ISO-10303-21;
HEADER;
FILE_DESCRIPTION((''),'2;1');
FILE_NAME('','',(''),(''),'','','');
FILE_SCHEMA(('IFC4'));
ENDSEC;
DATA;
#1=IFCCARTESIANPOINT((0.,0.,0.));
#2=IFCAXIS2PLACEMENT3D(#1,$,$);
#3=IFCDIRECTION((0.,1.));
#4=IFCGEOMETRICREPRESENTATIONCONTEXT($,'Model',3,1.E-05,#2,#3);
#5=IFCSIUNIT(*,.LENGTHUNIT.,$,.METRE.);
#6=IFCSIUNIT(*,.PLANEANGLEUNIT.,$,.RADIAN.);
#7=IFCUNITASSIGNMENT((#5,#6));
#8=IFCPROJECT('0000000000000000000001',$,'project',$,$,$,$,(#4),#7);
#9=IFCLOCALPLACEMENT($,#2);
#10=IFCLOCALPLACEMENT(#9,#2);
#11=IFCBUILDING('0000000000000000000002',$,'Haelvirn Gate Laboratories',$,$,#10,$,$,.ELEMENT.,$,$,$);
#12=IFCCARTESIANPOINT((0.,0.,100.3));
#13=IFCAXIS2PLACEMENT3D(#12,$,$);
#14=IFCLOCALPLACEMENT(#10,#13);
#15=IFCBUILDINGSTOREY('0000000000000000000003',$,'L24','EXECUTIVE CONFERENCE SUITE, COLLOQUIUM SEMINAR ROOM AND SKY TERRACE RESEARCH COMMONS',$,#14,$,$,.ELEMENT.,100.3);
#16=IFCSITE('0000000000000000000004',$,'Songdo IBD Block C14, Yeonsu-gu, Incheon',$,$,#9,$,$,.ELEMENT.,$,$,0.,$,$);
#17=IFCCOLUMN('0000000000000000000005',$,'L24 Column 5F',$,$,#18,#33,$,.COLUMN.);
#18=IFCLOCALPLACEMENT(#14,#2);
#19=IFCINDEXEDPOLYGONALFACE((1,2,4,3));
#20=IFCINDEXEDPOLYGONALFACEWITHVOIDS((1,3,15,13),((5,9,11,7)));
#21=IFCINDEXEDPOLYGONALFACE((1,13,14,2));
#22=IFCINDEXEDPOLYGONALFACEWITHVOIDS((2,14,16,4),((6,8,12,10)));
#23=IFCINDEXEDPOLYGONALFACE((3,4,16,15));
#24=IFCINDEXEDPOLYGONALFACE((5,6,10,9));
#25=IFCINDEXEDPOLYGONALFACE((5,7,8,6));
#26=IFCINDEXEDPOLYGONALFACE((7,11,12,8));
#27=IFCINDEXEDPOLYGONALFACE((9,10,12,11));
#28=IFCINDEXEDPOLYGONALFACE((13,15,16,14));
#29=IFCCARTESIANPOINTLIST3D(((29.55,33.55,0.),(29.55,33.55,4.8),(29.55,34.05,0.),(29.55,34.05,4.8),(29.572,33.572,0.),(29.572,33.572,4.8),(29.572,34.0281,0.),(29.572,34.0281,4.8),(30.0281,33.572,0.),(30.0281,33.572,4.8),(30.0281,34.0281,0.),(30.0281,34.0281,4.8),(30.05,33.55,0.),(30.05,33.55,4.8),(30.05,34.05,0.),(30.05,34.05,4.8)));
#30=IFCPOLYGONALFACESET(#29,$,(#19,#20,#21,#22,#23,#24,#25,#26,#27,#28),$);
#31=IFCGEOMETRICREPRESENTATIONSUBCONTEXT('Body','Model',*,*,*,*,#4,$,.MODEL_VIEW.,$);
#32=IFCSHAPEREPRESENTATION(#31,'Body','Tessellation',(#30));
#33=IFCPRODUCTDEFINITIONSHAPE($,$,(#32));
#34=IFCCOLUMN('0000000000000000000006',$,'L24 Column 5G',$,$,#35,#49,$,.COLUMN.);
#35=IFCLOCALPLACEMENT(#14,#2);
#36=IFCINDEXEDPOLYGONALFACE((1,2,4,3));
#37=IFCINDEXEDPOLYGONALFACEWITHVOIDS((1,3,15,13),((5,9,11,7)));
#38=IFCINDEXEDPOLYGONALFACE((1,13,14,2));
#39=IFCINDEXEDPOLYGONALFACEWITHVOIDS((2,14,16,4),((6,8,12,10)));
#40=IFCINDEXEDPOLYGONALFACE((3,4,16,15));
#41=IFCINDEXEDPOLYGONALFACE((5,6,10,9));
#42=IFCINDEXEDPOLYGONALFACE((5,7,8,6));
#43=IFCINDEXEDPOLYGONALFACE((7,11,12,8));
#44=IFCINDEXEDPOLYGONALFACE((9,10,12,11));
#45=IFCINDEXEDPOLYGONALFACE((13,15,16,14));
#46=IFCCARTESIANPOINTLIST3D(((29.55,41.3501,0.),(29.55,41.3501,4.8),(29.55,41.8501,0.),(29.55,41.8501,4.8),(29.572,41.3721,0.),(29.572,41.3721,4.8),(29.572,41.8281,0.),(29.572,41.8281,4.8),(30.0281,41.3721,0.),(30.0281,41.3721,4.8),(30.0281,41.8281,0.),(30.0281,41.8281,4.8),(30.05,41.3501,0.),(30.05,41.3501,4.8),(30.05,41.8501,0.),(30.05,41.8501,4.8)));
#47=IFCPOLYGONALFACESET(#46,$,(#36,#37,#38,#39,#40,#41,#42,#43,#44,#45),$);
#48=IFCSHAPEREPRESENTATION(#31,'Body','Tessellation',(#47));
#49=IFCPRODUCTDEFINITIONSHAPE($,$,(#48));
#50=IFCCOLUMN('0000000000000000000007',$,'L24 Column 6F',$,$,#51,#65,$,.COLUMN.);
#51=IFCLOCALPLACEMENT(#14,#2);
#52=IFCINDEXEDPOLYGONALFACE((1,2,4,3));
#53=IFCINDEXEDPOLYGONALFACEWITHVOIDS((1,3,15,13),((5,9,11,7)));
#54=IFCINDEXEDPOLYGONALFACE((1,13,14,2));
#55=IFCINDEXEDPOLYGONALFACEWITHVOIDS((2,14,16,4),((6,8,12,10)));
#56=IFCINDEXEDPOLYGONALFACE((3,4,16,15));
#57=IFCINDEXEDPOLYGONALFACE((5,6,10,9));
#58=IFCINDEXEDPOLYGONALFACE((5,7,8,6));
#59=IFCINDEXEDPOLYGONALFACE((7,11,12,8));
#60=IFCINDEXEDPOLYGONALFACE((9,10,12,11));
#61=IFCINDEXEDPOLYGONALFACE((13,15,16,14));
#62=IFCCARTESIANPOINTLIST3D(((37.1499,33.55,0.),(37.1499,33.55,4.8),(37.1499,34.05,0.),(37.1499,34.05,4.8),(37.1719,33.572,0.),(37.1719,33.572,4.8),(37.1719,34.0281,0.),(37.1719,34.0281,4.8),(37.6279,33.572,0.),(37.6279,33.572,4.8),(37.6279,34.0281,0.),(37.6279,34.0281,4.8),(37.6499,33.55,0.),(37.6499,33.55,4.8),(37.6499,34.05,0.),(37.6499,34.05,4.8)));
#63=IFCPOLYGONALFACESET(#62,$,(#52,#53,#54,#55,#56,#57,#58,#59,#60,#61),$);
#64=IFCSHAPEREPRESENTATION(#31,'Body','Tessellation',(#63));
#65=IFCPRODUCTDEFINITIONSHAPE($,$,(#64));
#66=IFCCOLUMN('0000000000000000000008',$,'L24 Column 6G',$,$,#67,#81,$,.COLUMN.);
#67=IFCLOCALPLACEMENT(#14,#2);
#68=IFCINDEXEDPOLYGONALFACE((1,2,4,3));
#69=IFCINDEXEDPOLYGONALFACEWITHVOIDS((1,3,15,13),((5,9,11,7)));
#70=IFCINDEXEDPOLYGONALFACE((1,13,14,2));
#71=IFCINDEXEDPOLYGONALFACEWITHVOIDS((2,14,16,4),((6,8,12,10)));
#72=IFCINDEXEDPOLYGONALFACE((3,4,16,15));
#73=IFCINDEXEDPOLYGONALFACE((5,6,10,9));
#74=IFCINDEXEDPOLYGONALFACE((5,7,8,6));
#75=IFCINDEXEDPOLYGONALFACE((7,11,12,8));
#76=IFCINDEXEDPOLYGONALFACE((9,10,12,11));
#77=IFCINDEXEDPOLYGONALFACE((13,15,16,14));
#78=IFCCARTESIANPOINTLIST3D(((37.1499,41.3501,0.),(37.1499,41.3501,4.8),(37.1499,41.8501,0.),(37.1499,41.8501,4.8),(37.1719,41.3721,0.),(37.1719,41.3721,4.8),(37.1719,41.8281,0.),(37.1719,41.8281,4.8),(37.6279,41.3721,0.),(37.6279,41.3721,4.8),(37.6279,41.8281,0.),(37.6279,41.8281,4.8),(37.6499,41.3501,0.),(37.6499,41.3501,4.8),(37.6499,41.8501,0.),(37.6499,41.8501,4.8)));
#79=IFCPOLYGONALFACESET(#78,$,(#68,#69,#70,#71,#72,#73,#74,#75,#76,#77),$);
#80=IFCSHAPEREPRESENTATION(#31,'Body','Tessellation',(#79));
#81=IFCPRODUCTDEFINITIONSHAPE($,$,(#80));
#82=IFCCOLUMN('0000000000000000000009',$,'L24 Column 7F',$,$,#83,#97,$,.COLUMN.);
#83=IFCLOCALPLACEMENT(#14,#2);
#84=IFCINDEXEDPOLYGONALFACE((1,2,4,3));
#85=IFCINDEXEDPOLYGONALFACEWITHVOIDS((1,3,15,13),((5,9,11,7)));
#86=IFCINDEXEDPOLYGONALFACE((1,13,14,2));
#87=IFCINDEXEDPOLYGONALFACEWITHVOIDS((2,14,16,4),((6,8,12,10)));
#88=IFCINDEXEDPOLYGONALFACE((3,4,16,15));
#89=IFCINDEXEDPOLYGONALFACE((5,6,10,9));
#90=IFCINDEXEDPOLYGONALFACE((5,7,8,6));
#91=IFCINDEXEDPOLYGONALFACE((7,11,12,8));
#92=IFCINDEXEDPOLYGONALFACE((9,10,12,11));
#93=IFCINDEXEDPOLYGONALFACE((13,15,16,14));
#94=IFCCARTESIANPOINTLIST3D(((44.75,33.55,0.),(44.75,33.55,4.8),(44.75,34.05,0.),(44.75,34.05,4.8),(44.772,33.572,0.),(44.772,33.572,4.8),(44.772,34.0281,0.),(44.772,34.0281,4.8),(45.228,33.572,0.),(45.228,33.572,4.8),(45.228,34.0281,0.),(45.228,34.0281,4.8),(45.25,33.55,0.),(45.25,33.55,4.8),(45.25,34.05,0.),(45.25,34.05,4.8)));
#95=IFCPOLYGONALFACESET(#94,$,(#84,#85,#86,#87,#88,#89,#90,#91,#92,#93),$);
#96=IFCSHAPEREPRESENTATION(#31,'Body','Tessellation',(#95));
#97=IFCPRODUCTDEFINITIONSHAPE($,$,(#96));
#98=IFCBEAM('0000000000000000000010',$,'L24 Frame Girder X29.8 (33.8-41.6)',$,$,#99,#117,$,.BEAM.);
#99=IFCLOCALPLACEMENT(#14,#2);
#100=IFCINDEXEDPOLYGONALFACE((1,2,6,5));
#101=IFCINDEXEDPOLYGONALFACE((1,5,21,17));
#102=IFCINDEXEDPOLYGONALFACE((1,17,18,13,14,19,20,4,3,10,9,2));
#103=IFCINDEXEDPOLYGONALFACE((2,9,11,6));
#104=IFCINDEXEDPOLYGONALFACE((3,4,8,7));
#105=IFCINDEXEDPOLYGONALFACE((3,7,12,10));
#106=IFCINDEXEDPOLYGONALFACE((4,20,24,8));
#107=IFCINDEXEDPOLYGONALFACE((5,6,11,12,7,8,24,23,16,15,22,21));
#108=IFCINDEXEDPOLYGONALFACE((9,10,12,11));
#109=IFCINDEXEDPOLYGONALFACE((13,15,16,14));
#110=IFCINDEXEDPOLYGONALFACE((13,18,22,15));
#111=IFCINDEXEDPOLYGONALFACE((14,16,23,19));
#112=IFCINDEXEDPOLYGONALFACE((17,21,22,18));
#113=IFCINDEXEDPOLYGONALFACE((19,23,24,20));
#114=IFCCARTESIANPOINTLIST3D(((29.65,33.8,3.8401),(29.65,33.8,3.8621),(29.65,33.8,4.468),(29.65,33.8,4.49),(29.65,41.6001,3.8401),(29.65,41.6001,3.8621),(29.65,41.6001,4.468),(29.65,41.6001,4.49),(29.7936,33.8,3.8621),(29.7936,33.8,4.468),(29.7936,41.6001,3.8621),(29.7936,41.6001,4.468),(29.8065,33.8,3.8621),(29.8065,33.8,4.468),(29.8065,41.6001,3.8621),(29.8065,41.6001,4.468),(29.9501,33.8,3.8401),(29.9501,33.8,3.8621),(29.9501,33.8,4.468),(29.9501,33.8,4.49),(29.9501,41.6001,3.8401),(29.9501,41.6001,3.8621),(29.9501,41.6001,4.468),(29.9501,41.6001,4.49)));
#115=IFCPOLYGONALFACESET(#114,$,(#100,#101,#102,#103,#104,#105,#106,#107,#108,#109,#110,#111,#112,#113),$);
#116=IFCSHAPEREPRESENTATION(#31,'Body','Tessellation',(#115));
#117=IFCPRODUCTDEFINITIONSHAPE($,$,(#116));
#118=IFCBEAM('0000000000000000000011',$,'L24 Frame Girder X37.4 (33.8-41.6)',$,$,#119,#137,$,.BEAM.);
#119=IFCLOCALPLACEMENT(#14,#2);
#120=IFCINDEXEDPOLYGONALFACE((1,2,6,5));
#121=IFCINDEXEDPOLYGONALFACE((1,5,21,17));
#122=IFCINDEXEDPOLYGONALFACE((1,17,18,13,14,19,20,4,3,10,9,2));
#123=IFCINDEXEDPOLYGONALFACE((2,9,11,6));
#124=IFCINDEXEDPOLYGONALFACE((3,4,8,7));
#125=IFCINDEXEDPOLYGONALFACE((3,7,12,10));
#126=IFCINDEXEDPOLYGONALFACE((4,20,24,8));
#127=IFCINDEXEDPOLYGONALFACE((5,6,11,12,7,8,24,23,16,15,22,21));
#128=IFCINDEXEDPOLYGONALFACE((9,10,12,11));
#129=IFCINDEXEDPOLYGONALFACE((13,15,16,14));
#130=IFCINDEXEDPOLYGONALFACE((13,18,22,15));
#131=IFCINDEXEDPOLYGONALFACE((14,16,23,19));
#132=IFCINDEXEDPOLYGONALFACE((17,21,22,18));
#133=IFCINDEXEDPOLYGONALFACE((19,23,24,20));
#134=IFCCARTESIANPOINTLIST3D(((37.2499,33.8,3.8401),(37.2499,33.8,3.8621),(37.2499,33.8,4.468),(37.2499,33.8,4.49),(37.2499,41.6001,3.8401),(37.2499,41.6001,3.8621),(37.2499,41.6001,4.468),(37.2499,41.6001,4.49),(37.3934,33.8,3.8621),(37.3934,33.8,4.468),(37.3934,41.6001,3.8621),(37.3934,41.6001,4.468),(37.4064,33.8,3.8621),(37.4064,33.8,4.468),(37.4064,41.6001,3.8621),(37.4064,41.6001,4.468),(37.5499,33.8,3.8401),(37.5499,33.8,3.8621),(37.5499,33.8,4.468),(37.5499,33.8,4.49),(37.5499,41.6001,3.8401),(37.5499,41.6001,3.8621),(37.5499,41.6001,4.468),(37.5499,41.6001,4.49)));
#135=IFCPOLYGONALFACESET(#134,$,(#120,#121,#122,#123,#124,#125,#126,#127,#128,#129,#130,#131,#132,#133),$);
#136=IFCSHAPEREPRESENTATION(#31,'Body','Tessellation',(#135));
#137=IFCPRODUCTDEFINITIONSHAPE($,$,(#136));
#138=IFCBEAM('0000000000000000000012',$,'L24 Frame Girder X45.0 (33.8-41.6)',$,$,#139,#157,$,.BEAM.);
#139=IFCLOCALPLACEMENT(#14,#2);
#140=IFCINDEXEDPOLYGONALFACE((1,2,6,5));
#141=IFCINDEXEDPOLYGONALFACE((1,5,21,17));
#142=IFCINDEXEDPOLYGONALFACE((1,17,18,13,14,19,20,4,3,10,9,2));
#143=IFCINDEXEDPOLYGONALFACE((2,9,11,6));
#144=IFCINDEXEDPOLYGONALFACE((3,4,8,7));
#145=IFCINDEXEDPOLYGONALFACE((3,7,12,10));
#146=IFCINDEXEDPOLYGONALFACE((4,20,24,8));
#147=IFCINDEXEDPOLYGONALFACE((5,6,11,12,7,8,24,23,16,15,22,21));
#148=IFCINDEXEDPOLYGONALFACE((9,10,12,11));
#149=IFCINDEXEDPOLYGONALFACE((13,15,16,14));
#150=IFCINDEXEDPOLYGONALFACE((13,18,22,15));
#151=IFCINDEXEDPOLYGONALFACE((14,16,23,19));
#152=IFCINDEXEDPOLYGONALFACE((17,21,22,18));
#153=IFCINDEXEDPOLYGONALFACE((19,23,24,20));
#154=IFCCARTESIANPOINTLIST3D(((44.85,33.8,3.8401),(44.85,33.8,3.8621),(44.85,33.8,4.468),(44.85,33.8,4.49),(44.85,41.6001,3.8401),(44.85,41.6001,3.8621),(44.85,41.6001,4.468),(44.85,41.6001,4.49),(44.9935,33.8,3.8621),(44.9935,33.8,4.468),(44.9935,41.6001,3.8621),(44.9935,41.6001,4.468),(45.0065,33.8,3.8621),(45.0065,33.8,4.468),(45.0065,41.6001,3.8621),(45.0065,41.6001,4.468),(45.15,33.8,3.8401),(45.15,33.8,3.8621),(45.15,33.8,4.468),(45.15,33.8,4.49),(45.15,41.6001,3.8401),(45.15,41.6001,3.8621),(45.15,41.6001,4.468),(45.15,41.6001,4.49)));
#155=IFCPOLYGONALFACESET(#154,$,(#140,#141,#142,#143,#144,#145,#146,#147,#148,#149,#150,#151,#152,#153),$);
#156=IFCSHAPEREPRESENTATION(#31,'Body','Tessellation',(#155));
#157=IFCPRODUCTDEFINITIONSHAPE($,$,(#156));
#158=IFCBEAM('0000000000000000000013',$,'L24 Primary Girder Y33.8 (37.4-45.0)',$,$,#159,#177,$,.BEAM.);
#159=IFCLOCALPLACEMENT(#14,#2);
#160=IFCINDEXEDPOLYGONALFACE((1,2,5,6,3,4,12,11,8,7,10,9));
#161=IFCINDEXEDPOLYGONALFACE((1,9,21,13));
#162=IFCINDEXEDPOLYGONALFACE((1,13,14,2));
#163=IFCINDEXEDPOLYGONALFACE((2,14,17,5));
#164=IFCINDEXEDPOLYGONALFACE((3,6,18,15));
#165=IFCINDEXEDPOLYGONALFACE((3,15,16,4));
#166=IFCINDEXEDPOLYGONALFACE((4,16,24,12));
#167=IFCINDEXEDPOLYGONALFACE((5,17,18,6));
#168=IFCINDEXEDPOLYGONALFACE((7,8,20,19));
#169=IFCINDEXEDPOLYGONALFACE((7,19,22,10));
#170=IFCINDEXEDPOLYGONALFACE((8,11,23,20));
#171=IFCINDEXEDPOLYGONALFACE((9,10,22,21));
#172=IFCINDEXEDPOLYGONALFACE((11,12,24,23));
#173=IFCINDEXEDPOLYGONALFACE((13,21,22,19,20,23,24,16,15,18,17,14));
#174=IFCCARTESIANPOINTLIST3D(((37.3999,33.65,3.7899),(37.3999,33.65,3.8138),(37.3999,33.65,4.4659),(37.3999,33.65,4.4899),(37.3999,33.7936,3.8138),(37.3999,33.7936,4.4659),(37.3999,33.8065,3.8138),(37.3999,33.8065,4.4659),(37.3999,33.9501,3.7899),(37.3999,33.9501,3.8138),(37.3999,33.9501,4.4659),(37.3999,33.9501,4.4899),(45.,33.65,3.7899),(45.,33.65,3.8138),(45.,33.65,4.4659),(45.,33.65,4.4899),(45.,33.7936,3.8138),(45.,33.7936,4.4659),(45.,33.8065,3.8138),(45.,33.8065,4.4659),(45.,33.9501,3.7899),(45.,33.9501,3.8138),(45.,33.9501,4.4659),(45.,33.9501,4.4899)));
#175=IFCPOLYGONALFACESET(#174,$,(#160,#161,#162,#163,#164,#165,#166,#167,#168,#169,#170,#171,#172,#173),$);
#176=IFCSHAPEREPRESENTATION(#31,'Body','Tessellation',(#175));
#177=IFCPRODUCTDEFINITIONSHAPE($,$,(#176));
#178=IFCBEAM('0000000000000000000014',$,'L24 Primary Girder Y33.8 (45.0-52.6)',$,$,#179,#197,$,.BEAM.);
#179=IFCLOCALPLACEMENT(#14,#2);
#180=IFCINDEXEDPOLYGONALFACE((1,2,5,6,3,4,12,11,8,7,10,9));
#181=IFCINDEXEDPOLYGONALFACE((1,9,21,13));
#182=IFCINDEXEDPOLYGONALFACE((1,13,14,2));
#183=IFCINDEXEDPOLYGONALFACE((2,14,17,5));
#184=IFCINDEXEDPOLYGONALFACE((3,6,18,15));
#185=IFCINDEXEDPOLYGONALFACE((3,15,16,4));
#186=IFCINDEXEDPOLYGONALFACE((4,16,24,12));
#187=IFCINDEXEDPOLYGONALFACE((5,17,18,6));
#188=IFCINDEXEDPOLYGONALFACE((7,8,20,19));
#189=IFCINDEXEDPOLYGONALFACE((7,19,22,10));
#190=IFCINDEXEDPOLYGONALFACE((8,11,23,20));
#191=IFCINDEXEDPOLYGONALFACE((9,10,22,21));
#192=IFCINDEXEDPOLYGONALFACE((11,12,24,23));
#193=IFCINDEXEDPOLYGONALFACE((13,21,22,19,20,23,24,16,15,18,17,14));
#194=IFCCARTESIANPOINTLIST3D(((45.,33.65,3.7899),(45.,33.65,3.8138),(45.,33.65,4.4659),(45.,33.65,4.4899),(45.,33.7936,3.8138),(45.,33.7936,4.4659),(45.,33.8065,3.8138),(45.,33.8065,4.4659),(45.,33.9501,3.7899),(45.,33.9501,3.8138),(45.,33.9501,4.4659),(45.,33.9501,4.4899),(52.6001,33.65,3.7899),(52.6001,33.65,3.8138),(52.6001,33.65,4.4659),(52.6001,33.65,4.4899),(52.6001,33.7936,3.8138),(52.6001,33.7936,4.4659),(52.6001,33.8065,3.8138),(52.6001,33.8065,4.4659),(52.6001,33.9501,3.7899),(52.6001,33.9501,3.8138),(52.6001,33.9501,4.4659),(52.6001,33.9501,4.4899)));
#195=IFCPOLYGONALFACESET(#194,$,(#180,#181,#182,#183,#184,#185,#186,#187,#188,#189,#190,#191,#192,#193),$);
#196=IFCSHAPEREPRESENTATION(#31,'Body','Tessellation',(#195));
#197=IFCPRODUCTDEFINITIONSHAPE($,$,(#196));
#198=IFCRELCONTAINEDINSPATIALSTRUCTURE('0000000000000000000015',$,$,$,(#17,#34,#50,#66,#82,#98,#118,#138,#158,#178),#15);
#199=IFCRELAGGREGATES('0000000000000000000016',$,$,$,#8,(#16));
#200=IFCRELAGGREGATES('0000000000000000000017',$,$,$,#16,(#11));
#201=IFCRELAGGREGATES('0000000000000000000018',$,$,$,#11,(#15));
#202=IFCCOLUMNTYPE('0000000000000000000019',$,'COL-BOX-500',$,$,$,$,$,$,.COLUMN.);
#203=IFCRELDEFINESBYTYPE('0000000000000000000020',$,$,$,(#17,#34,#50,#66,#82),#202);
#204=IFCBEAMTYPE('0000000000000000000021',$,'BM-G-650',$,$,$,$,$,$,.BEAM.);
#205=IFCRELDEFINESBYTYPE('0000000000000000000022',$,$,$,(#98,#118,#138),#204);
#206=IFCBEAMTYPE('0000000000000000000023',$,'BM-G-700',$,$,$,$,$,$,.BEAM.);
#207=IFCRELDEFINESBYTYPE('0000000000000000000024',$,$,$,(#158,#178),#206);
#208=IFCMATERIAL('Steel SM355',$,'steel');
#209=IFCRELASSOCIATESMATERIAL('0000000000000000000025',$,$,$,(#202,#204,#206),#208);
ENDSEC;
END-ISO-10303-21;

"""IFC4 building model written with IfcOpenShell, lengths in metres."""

from ifc_helpers import new_model, si_unit, direction, frame, origin, origin_2d, place, context, subcontext, project, spatial, hollow_rectangle, i_section, extrude, source, transform, mapped, material, material_profile, profile_set, type_object, type_shapes, element, save


model = new_model("IFC4")

# Units and contexts
model_context = context("Model", 3, precision=1e-05, world=origin(), true_north=direction((0.0, 1.0)))
body_context = subcontext(model_context, "Body", "Model", "MODEL_VIEW")
ifc_project = project(units=[si_unit("LENGTHUNIT", "METRE"), si_unit("PLANEANGLEUNIT", "RADIAN")], contexts=[model_context])

# Site, building, storey
site_placement = place(None, origin())
site = spatial("IfcSite", under=ifc_project, at=site_placement, Name="Songdo IBD Block C14, Yeonsu-gu, Incheon", CompositionType="ELEMENT", RefElevation=0.0)
building_placement = place(site_placement, origin())
building = spatial("IfcBuilding", under=site, at=building_placement, Name="Haelvirn Gate Laboratories", CompositionType="ELEMENT")
storey_placement = place(building_placement, frame((0.0, 0.0, 100.3)))
storey = spatial("IfcBuildingStorey", under=building, at=storey_placement, Name="L24", Description="EXECUTIVE CONFERENCE SUITE, COLLOQUIUM SEMINAR ROOM AND SKY TERRACE RESEARCH COMMONS", CompositionType="ELEMENT", Elevation=100.3)

# Columns
ifc_material_1 = material(Name="Steel SM355", Category="steel")
ifc_material_profile_1 = material_profile(ifc_material_1, hollow_rectangle(XDim=0.5, YDim=0.5, WallThickness=0.022, at=origin_2d()), Name="BOX-500x500x22")
ifc_profile_set_1 = profile_set([ifc_material_profile_1], Name="Steel SM355")
column_type = type_object("IfcColumnType", Name="COL-BOX-500", PredefinedType="COLUMN", material=ifc_profile_set_1)
shared_shape_1 = source(origin(), body_context, "Body", "SweptSolid", [
    extrude(hollow_rectangle(XDim=0.5, YDim=0.5, WallThickness=0.022, at=origin_2d()), origin(), (0.0, 0.0, 1.0), 4.8),
])
type_shapes(column_type, [shared_shape_1])
for number, where, z_axis, x_axis, name in (
    (1, (29.8, 33.8, 0.0), (0.0, 0.0, 1.0), (1.0, 0.0, 0.0), "L24 Column 5F"),
    (2, (29.8, 41.6001, 0.0), (0.0, 0.0, 1.0), (1.0, 0.0, 0.0), "L24 Column 5G"),
    (3, (37.3999, 33.8, 0.0), (0.0, 0.0, 1.0), (1.0, 0.0, 0.0), "L24 Column 6F"),
    (4, (37.3999, 41.6001, 0.0), (0.0, 0.0, 1.0), (1.0, 0.0, 0.0), "L24 Column 6G"),
    (5, (45.0, 33.8, 0.0), (0.0, 0.0, 1.0), (1.0, 0.0, 0.0), "L24 Column 7F"),
):
    element("IfcColumn", number, at=place(storey_placement, frame(where, z_axis=z_axis, x_axis=x_axis)), inside=storey, type_object=column_type, Name=name, PredefinedType="COLUMN", context=body_context, shape_type="MappedRepresentation", body=[
        mapped(shared_shape_1, transform((0.0, 0.0, 0.0), scale=1.0)),
    ])

# Beams
ifc_material_profile_2 = material_profile(ifc_material_1, i_section(OverallWidth=0.3, OverallDepth=0.6499, WebThickness=0.0129, FlangeThickness=0.022, at=origin_2d()), Name="H-650x300x13x22")
ifc_profile_set_2 = profile_set([ifc_material_profile_2], Name="Steel SM355")
beam_type_1 = type_object("IfcBeamType", Name="BM-G-650", PredefinedType="BEAM", material=ifc_profile_set_2)
shared_shape_2 = source(origin(), body_context, "Body", "SweptSolid", [
    extrude(i_section(OverallWidth=0.3, OverallDepth=0.6499, WebThickness=0.0129, FlangeThickness=0.022, at=origin_2d()), origin(), (0.0, 0.0, 1.0), 7.8),
])
type_shapes(beam_type_1, [shared_shape_2])
for number, where, z_axis, x_axis, name in (
    (6, (29.8, 33.8, 4.165), (0.0, 1.0, 0.0), (-1.0, 0.0, 0.0), "L24 Frame Girder X29.8 (33.8-41.6)"),
    (7, (37.3999, 33.8, 4.165), (0.0, 1.0, 0.0), (-1.0, 0.0, 0.0), "L24 Frame Girder X37.4 (33.8-41.6)"),
    (8, (45.0, 33.8, 4.165), (0.0, 1.0, 0.0), (-1.0, 0.0, 0.0), "L24 Frame Girder X45.0 (33.8-41.6)"),
):
    element("IfcBeam", number, at=place(storey_placement, frame(where, z_axis=z_axis, x_axis=x_axis)), inside=storey, type_object=beam_type_1, Name=name, PredefinedType="BEAM", context=body_context, shape_type="MappedRepresentation", body=[
        mapped(shared_shape_2, transform((0.0, 0.0, 0.0), scale=1.0)),
    ])
ifc_material_profile_3 = material_profile(ifc_material_1, i_section(OverallWidth=0.3, OverallDepth=0.7, WebThickness=0.0129, FlangeThickness=0.0239, at=origin_2d()), Name="H-700x300x13x24")
ifc_profile_set_3 = profile_set([ifc_material_profile_3], Name="Steel SM355")
beam_type_2 = type_object("IfcBeamType", Name="BM-G-700", PredefinedType="BEAM", material=ifc_profile_set_3)
shared_shape_3 = source(origin(), body_context, "Body", "SweptSolid", [
    extrude(i_section(OverallWidth=0.3, OverallDepth=0.7, WebThickness=0.0129, FlangeThickness=0.0239, at=origin_2d()), origin(), (0.0, 0.0, 1.0), 7.6001),
])
for number, where, z_axis, x_axis, name in (
    (9, (37.3999, 33.8, 4.1399), (1.0, 0.0, 0.0), (0.0, 1.0, 0.0), "L24 Primary Girder Y33.8 (37.4-45.0)"),
    (10, (45.0, 33.8, 4.1399), (1.0, 0.0, 0.0), (0.0, 1.0, 0.0), "L24 Primary Girder Y33.8 (45.0-52.6)"),
):
    element("IfcBeam", number, at=place(storey_placement, frame(where, z_axis=z_axis, x_axis=x_axis)), inside=storey, type_object=beam_type_2, Name=name, PredefinedType="BEAM", context=body_context, shape_type="MappedRepresentation", body=[
        mapped(shared_shape_3, transform((0.0, 0.0, 0.0), scale=1.0)),
    ])

save(model, "model.ifc")
